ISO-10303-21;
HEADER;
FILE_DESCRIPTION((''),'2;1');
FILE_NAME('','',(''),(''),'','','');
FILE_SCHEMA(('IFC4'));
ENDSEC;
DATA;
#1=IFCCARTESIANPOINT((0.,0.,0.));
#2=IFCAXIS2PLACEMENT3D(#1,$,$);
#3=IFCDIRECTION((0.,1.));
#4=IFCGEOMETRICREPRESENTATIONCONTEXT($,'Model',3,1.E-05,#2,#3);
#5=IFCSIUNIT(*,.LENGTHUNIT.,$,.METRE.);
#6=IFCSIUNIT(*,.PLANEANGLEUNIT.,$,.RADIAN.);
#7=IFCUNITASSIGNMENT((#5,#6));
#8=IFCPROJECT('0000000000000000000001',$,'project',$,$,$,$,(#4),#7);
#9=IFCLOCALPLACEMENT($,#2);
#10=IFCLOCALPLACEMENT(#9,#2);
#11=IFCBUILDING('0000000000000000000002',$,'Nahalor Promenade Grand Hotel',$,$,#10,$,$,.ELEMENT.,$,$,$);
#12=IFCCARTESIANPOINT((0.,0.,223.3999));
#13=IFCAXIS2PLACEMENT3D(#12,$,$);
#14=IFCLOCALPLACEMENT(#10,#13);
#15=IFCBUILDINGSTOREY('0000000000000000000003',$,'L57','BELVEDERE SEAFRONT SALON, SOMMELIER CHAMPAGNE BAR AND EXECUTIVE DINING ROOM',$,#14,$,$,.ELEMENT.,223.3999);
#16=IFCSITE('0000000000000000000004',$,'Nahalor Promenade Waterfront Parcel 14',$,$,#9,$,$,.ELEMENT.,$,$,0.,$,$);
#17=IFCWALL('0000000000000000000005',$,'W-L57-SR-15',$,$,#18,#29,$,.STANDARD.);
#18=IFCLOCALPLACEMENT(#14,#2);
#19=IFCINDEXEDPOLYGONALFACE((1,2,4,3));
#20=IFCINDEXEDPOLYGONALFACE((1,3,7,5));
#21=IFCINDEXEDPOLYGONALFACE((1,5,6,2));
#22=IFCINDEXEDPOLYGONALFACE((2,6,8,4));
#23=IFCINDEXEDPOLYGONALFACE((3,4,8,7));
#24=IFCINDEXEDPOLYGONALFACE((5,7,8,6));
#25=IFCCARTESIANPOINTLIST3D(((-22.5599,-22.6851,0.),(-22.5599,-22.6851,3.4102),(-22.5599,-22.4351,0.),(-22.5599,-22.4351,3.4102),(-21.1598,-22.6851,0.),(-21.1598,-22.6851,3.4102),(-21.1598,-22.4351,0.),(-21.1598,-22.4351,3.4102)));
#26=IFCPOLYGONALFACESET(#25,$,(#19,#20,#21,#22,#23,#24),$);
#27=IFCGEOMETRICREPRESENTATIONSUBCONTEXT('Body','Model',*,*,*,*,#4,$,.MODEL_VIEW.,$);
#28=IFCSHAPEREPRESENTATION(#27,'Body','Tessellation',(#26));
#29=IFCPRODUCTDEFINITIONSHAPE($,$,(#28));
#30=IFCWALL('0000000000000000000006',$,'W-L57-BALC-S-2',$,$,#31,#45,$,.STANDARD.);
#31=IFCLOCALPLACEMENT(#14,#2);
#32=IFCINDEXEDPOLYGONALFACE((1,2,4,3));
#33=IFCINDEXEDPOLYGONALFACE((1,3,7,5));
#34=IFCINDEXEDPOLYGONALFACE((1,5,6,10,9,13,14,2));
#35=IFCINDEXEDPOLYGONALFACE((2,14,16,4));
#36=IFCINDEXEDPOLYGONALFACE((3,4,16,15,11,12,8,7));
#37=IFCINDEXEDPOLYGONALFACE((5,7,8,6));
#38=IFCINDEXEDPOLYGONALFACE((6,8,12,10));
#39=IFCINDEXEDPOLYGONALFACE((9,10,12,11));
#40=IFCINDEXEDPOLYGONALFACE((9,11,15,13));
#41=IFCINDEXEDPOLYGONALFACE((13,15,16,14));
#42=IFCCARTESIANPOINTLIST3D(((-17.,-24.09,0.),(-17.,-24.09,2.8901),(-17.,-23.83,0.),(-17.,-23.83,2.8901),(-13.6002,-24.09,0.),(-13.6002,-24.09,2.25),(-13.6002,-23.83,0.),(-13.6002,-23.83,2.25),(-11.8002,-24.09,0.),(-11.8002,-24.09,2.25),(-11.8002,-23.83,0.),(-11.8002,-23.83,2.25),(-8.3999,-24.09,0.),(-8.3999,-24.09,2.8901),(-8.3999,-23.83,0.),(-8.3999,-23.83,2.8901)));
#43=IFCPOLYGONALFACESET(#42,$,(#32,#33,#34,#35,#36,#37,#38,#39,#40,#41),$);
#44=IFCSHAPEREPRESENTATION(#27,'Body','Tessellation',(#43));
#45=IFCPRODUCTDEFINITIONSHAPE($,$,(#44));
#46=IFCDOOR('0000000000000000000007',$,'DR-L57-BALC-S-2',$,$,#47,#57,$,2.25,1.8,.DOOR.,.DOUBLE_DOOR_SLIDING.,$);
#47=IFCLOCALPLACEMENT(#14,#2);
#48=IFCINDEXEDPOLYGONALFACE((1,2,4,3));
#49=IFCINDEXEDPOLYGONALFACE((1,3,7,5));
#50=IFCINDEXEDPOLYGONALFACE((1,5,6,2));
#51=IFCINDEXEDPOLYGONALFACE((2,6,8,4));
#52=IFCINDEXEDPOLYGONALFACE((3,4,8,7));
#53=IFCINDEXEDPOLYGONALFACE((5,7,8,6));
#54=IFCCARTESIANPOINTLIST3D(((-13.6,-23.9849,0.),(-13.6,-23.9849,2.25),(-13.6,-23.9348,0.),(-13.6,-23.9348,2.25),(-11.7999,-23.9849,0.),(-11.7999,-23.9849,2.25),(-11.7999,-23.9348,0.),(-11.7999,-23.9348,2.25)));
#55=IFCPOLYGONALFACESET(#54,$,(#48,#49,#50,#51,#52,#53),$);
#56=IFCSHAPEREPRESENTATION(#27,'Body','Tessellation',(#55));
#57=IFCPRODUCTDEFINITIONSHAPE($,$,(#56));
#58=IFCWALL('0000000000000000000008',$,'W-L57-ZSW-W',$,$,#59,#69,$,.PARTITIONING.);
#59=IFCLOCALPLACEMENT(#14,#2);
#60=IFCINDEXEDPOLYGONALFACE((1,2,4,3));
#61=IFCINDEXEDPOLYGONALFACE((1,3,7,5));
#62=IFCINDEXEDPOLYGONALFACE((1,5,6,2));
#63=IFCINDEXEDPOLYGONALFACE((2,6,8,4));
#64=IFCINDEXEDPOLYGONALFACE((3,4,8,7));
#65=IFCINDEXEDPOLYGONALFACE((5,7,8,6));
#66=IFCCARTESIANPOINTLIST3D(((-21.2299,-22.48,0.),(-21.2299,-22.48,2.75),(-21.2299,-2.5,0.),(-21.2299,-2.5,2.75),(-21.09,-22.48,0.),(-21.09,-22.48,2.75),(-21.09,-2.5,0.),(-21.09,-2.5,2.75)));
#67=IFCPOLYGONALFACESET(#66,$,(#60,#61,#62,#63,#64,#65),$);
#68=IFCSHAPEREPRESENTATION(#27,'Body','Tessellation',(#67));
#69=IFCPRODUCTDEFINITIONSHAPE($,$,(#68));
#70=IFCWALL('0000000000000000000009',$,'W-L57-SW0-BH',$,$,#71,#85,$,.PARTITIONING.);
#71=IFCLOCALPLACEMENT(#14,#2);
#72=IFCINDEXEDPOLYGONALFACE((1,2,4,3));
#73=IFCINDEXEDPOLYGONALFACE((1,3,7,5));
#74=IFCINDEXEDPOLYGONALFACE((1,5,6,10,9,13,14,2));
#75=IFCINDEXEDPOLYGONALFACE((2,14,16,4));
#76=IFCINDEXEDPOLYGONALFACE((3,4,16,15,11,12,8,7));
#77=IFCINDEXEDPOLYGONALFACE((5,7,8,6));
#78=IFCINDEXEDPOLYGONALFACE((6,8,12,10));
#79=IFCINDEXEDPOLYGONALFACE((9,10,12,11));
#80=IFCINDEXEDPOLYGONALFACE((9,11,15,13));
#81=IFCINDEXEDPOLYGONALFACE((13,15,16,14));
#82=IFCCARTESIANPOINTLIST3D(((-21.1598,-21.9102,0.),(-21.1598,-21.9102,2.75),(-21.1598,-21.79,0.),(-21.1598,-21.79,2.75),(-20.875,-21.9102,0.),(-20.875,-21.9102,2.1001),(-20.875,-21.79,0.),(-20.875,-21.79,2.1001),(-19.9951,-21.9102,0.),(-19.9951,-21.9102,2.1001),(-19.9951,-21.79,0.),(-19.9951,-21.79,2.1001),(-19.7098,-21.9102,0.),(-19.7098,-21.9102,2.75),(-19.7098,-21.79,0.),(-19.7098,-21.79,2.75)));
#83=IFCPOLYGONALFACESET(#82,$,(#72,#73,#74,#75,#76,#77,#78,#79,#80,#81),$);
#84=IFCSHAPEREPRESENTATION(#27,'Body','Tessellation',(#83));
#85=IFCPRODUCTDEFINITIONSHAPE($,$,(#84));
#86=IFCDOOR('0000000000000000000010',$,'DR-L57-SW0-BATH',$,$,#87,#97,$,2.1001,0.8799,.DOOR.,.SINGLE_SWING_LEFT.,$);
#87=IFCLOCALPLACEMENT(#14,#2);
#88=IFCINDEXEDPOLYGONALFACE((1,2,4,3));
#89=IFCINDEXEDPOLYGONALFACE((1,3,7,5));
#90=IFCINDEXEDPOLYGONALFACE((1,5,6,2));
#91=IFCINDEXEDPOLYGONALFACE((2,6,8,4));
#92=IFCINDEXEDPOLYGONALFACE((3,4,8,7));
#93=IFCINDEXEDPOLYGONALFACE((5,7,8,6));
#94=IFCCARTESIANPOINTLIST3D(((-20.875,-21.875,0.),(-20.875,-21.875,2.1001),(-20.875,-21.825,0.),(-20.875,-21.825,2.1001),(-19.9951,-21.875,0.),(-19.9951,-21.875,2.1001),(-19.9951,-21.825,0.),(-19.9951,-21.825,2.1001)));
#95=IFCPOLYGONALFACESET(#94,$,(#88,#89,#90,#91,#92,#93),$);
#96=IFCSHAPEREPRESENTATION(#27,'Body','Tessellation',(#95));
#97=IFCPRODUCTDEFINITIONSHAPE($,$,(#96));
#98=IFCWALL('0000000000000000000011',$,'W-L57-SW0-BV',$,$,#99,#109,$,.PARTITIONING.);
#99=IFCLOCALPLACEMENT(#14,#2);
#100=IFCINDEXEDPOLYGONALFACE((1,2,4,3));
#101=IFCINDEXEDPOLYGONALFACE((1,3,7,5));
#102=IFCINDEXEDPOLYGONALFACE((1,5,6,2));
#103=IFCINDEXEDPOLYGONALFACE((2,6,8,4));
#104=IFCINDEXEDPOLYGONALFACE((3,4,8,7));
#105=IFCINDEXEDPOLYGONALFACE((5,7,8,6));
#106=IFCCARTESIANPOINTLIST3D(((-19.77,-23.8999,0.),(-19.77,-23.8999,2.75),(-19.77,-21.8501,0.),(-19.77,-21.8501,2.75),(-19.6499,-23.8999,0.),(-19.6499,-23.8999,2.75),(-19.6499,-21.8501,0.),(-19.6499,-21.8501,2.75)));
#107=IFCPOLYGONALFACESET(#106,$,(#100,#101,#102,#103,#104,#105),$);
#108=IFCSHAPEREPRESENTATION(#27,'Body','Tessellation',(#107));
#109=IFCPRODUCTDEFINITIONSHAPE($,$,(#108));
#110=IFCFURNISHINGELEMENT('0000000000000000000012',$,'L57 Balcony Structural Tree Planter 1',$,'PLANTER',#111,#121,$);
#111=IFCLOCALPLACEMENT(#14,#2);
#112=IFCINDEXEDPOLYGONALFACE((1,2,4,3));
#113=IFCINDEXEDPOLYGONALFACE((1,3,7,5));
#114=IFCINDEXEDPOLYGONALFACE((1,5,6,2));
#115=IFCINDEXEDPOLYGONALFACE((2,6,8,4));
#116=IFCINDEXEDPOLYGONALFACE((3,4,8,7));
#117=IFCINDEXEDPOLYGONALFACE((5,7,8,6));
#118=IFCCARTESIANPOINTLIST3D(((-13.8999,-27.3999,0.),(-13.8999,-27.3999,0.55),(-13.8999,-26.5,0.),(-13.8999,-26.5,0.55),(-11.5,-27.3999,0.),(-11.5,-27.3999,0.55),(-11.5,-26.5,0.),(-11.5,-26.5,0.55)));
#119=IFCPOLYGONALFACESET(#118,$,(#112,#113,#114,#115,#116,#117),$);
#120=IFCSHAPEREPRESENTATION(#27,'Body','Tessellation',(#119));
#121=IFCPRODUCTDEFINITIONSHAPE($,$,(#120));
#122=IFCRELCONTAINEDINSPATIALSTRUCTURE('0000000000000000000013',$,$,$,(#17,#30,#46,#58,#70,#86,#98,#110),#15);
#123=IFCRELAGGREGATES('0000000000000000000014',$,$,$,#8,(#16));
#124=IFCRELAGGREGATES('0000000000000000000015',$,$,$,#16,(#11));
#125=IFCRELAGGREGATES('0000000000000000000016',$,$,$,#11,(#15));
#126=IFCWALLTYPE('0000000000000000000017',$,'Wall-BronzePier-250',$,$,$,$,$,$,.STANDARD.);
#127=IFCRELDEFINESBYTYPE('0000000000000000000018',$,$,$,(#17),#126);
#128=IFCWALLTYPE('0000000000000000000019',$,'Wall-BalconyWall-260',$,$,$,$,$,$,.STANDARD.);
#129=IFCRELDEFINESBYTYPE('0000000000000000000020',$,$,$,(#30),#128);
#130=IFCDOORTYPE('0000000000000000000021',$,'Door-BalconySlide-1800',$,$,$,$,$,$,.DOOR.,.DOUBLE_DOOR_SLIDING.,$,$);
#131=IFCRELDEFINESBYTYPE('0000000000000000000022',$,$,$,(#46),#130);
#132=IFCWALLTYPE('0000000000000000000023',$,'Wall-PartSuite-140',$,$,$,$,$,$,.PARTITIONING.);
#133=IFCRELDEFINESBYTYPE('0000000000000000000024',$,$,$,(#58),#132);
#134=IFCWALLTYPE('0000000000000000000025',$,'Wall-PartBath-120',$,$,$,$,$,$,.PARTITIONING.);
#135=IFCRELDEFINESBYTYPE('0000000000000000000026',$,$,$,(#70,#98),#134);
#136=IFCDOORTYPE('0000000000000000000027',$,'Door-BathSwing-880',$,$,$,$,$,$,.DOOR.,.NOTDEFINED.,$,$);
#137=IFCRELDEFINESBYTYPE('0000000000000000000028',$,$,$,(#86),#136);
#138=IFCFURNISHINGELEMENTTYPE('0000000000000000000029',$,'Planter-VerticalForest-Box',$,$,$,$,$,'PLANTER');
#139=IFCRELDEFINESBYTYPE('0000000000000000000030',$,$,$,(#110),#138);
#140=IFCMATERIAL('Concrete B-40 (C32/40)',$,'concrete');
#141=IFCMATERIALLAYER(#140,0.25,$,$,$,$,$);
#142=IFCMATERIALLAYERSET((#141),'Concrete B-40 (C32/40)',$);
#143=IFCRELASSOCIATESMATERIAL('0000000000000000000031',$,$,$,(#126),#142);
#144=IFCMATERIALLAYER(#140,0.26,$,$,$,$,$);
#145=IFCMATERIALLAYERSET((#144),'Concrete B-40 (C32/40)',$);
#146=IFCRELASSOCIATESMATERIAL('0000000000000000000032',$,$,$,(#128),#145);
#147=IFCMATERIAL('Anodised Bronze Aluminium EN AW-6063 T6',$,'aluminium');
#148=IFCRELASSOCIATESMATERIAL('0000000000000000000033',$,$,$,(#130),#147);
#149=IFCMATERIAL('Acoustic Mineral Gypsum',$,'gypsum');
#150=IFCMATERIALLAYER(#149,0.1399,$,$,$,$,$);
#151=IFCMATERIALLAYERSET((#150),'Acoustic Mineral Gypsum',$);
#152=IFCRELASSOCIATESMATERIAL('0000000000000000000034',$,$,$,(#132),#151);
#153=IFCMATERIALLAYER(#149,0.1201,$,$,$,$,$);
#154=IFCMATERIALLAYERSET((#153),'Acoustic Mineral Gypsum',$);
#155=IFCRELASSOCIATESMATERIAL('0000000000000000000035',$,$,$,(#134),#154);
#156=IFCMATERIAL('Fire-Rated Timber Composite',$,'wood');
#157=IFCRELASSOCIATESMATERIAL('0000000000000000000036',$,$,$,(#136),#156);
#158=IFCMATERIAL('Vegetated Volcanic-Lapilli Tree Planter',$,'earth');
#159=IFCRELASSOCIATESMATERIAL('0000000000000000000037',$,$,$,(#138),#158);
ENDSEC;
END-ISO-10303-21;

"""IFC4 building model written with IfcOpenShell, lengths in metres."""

from ifc_helpers import new_model, si_unit, direction, frame, frame_2d, origin, origin_2d, place, context, subcontext, project, spatial, rectangle, extrude, source, transform, mapped, material, layer, layer_set, type_object, element, fill, save


model = new_model("IFC4")

# Units and contexts
model_context = context("Model", 3, precision=1e-05, world=origin(), true_north=direction((0.0, 1.0)))
body_context = subcontext(model_context, "Body", "Model", "MODEL_VIEW")
ifc_project = project(units=[si_unit("LENGTHUNIT", "METRE"), si_unit("PLANEANGLEUNIT", "RADIAN")], contexts=[model_context])

# Site, building, storey
site_placement = place(None, origin())
site = spatial("IfcSite", under=ifc_project, at=site_placement, Name="Nahalor Promenade Waterfront Parcel 14", CompositionType="ELEMENT", RefElevation=0.0)
building_placement = place(site_placement, origin())
building = spatial("IfcBuilding", under=site, at=building_placement, Name="Nahalor Promenade Grand Hotel", CompositionType="ELEMENT")
storey_placement = place(building_placement, frame((0.0, 0.0, 223.3999)))
storey = spatial("IfcBuildingStorey", under=building, at=storey_placement, Name="L57", Description="BELVEDERE SEAFRONT SALON, SOMMELIER CHAMPAGNE BAR AND EXECUTIVE DINING ROOM", CompositionType="ELEMENT", Elevation=223.3999)

# Shared definitions
ifc_material_1 = material(Name="Anodised Bronze Aluminium EN AW-6063 T6", Category="aluminium")

# Wall
ifc_material_2 = material(Name="Concrete B-40 (C32/40)", Category="concrete")
ifc_layer_1 = layer(ifc_material_2, 0.25)
ifc_layer_set_1 = layer_set([ifc_layer_1], Name="Concrete B-40 (C32/40)")
wall_type_1 = type_object("IfcWallType", Name="Wall-BronzePier-250", PredefinedType="STANDARD", material=ifc_layer_set_1)
shared_shape_1 = source(origin(), body_context, "Body", "SweptSolid", [
    extrude(rectangle(XDim=1.4001, YDim=0.25, at=frame_2d((0.7002, 0.0))), origin(), (0.0, 0.0, 1.0), 3.4102),
])
for number, where, z_axis, x_axis, name in (
    (1, (-22.5601, -22.5601, 0.0), (0.0, 0.0, 1.0), (1.0, 0.0, 0.0), "W-L57-SR-15"),
):
    element("IfcWall", number, at=place(storey_placement, frame(where, z_axis=z_axis, x_axis=x_axis)), inside=storey, type_object=wall_type_1, Name=name, PredefinedType="STANDARD", context=body_context, shape_type="MappedRepresentation", body=[
        mapped(shared_shape_1, transform((0.0, 0.0, 0.0), scale=1.0)),
    ])

# Wall, opening, door
ifc_layer_2 = layer(ifc_material_2, 0.26)
ifc_layer_set_2 = layer_set([ifc_layer_2], Name="Concrete B-40 (C32/40)")
wall_type_2 = type_object("IfcWallType", Name="Wall-BalconyWall-260", PredefinedType="STANDARD", material=ifc_layer_set_2)
shared_shape_2 = source(origin(), body_context, "Body", "SweptSolid", [
    extrude(rectangle(XDim=8.6001, YDim=0.26, at=frame_2d((4.3, 0.0))), origin(), (0.0, 0.0, 1.0), 2.8901),
])
wall_1_placement = place(storey_placement, frame((-17.0, -23.96, 0.0), z_axis=(0.0, 0.0, 1.0), x_axis=(1.0, 0.0, 0.0)))
wall_1 = element("IfcWall", 2, at=wall_1_placement, inside=storey, type_object=wall_type_2, Name="W-L57-BALC-S-2", PredefinedType="STANDARD", context=body_context, shape_type="MappedRepresentation", body=[
    mapped(shared_shape_2, transform((0.0, 0.0, 0.0), scale=1.0)),
])
opening_1_placement = place(wall_1_placement, frame((3.3999, 0.0, 0.0)))
opening_1 = element("IfcOpeningElement", 3, at=opening_1_placement, cuts=wall_1, PredefinedType="OPENING", context=body_context, shape_type="SweptSolid", body=[
    extrude(rectangle(XDim=1.8, YDim=2.25, at=frame_2d((0.8999, 1.125))), frame((0.0, 0.1399, 0.0), z_axis=(0.0, -1.0, 0.0), x_axis=(1.0, 0.0, 0.0)), (0.0, 0.0, 1.0), 0.28),
])
door_type_1 = type_object("IfcDoorType", Name="Door-BalconySlide-1800", OperationType="DOUBLE_DOOR_SLIDING", PredefinedType="DOOR", material=ifc_material_1)
shared_shape_3 = source(origin(), body_context, "Body", "SweptSolid", [
    extrude(rectangle(XDim=1.8, YDim=2.25, at=frame_2d((0.8999, 1.125))), frame((0.0, 0.0249, 0.0), z_axis=(0.0, -1.0, 0.0), x_axis=(1.0, 0.0, 0.0)), (0.0, 0.0, 1.0), 0.05),
])
door_1_placement = place(opening_1_placement, frame((1.8, 0.0, 0.0), z_axis=(0.0, 0.0, 1.0), x_axis=(-1.0, 0.0, 0.0)))
door_1 = element("IfcDoor", 4, at=door_1_placement, inside=storey, type_object=door_type_1, Name="DR-L57-BALC-S-2", OperationType="DOUBLE_DOOR_SLIDING", OverallHeight=2.25, OverallWidth=1.8, PredefinedType="DOOR", context=body_context, shape_type="MappedRepresentation", body=[
    mapped(shared_shape_3, transform((0.0, 0.0, 0.0), scale=1.0)),
])
fill(opening_1, door_1)

# Wall
ifc_material_3 = material(Name="Acoustic Mineral Gypsum", Category="gypsum")
ifc_layer_3 = layer(ifc_material_3, 0.1399)
ifc_layer_set_3 = layer_set([ifc_layer_3], Name="Acoustic Mineral Gypsum")
wall_type_3 = type_object("IfcWallType", Name="Wall-PartSuite-140", PredefinedType="PARTITIONING", material=ifc_layer_set_3)
shared_shape_4 = source(origin(), body_context, "Body", "SweptSolid", [
    extrude(rectangle(XDim=19.98, YDim=0.1399, at=frame_2d((9.99, 0.0))), origin(), (0.0, 0.0, 1.0), 2.75),
])
wall_2_placement = place(storey_placement, frame((-21.1599, -22.48, 0.0), z_axis=(0.0, 0.0, 1.0), x_axis=(0.0, 1.0, 0.0)))
element("IfcWall", 5, at=wall_2_placement, inside=storey, type_object=wall_type_3, Name="W-L57-ZSW-W", PredefinedType="PARTITIONING", context=body_context, shape_type="MappedRepresentation", body=[
    mapped(shared_shape_4, transform((0.0, 0.0, 0.0), scale=1.0)),
])

# Wall, opening, door
ifc_layer_4 = layer(ifc_material_3, 0.1201)
ifc_layer_set_4 = layer_set([ifc_layer_4], Name="Acoustic Mineral Gypsum")
wall_type_4 = type_object("IfcWallType", Name="Wall-PartBath-120", PredefinedType="PARTITIONING", material=ifc_layer_set_4)
shared_shape_5 = source(origin(), body_context, "Body", "SweptSolid", [
    extrude(rectangle(XDim=1.45, YDim=0.1201, at=frame_2d((0.7251, 0.0))), origin(), (0.0, 0.0, 1.0), 2.75),
])
wall_3_placement = place(storey_placement, frame((-21.1599, -21.8501, 0.0), z_axis=(0.0, 0.0, 1.0), x_axis=(1.0, 0.0, 0.0)))
wall_3 = element("IfcWall", 6, at=wall_3_placement, inside=storey, type_object=wall_type_4, Name="W-L57-SW0-BH", PredefinedType="PARTITIONING", context=body_context, shape_type="MappedRepresentation", body=[
    mapped(shared_shape_5, transform((0.0, 0.0, 0.0), scale=1.0)),
])
opening_2_placement = place(wall_3_placement, frame((0.2849, 0.0, 0.0)))
opening_2 = element("IfcOpeningElement", 7, at=opening_2_placement, cuts=wall_3, PredefinedType="OPENING", context=body_context, shape_type="SweptSolid", body=[
    extrude(rectangle(XDim=0.8799, YDim=2.1001, at=frame_2d((0.4399, 1.05))), frame((0.0, 0.0701, 0.0), z_axis=(0.0, -1.0, 0.0), x_axis=(1.0, 0.0, 0.0)), (0.0, 0.0, 1.0), 0.1401),
])
ifc_material_4 = material(Name="Fire-Rated Timber Composite", Category="wood")
door_type_2 = type_object("IfcDoorType", Name="Door-BathSwing-880", OperationType="NOTDEFINED", PredefinedType="DOOR", material=ifc_material_4)
shared_shape_6 = source(origin(), body_context, "Body", "SweptSolid", [
    extrude(rectangle(XDim=0.8799, YDim=2.1001, at=frame_2d((0.4399, 1.05))), frame((0.0, 0.0249, 0.0), z_axis=(0.0, -1.0, 0.0), x_axis=(1.0, 0.0, 0.0)), (0.0, 0.0, 1.0), 0.05),
])
door_2_placement = place(opening_2_placement, frame((0.8799, 0.0, 0.0), z_axis=(0.0, 0.0, 1.0), x_axis=(-1.0, 0.0, 0.0)))
door_2 = element("IfcDoor", 8, at=door_2_placement, inside=storey, type_object=door_type_2, Name="DR-L57-SW0-BATH", OperationType="SINGLE_SWING_LEFT", OverallHeight=2.1001, OverallWidth=0.8799, PredefinedType="DOOR", context=body_context, shape_type="MappedRepresentation", body=[
    mapped(shared_shape_6, transform((0.0, 0.0, 0.0), scale=1.0)),
])
fill(opening_2, door_2)

# Wall
shared_shape_7 = source(origin(), body_context, "Body", "SweptSolid", [
    extrude(rectangle(XDim=2.0498, YDim=0.1201, at=frame_2d((1.0249, 0.0))), origin(), (0.0, 0.0, 1.0), 2.75),
])
wall_4_placement = place(storey_placement, frame((-19.71, -23.8999, 0.0), z_axis=(0.0, 0.0, 1.0), x_axis=(0.0, 1.0, 0.0)))
element("IfcWall", 9, at=wall_4_placement, inside=storey, type_object=wall_type_4, Name="W-L57-SW0-BV", PredefinedType="PARTITIONING", context=body_context, shape_type="MappedRepresentation", body=[
    mapped(shared_shape_7, transform((0.0, 0.0, 0.0), scale=1.0)),
])

# Furnishing element
ifc_material_5 = material(Name="Vegetated Volcanic-Lapilli Tree Planter", Category="earth")
furnishing_element_type = type_object("IfcFurnishingElementType", Name="Planter-VerticalForest-Box", ElementType="PLANTER", material=ifc_material_5)
shared_shape_8 = source(origin(), body_context, "Body", "SweptSolid", [
    extrude(rectangle(XDim=2.3999, YDim=0.8999, at=origin_2d()), origin(), (0.0, 0.0, 1.0), 0.55),
])
furnishing_placement = place(storey_placement, frame((-12.7, -26.95, 0.0), z_axis=(0.0, 0.0, 1.0), x_axis=(1.0, 0.0, 0.0)))
element("IfcFurnishingElement", 10, at=furnishing_placement, inside=storey, type_object=furnishing_element_type, Name="L57 Balcony Structural Tree Planter 1", ObjectType="PLANTER", context=body_context, shape_type="MappedRepresentation", body=[
    mapped(shared_shape_8, transform((0.0, 0.0, 0.0), scale=1.0)),
])

save(model, "model.ifc")
